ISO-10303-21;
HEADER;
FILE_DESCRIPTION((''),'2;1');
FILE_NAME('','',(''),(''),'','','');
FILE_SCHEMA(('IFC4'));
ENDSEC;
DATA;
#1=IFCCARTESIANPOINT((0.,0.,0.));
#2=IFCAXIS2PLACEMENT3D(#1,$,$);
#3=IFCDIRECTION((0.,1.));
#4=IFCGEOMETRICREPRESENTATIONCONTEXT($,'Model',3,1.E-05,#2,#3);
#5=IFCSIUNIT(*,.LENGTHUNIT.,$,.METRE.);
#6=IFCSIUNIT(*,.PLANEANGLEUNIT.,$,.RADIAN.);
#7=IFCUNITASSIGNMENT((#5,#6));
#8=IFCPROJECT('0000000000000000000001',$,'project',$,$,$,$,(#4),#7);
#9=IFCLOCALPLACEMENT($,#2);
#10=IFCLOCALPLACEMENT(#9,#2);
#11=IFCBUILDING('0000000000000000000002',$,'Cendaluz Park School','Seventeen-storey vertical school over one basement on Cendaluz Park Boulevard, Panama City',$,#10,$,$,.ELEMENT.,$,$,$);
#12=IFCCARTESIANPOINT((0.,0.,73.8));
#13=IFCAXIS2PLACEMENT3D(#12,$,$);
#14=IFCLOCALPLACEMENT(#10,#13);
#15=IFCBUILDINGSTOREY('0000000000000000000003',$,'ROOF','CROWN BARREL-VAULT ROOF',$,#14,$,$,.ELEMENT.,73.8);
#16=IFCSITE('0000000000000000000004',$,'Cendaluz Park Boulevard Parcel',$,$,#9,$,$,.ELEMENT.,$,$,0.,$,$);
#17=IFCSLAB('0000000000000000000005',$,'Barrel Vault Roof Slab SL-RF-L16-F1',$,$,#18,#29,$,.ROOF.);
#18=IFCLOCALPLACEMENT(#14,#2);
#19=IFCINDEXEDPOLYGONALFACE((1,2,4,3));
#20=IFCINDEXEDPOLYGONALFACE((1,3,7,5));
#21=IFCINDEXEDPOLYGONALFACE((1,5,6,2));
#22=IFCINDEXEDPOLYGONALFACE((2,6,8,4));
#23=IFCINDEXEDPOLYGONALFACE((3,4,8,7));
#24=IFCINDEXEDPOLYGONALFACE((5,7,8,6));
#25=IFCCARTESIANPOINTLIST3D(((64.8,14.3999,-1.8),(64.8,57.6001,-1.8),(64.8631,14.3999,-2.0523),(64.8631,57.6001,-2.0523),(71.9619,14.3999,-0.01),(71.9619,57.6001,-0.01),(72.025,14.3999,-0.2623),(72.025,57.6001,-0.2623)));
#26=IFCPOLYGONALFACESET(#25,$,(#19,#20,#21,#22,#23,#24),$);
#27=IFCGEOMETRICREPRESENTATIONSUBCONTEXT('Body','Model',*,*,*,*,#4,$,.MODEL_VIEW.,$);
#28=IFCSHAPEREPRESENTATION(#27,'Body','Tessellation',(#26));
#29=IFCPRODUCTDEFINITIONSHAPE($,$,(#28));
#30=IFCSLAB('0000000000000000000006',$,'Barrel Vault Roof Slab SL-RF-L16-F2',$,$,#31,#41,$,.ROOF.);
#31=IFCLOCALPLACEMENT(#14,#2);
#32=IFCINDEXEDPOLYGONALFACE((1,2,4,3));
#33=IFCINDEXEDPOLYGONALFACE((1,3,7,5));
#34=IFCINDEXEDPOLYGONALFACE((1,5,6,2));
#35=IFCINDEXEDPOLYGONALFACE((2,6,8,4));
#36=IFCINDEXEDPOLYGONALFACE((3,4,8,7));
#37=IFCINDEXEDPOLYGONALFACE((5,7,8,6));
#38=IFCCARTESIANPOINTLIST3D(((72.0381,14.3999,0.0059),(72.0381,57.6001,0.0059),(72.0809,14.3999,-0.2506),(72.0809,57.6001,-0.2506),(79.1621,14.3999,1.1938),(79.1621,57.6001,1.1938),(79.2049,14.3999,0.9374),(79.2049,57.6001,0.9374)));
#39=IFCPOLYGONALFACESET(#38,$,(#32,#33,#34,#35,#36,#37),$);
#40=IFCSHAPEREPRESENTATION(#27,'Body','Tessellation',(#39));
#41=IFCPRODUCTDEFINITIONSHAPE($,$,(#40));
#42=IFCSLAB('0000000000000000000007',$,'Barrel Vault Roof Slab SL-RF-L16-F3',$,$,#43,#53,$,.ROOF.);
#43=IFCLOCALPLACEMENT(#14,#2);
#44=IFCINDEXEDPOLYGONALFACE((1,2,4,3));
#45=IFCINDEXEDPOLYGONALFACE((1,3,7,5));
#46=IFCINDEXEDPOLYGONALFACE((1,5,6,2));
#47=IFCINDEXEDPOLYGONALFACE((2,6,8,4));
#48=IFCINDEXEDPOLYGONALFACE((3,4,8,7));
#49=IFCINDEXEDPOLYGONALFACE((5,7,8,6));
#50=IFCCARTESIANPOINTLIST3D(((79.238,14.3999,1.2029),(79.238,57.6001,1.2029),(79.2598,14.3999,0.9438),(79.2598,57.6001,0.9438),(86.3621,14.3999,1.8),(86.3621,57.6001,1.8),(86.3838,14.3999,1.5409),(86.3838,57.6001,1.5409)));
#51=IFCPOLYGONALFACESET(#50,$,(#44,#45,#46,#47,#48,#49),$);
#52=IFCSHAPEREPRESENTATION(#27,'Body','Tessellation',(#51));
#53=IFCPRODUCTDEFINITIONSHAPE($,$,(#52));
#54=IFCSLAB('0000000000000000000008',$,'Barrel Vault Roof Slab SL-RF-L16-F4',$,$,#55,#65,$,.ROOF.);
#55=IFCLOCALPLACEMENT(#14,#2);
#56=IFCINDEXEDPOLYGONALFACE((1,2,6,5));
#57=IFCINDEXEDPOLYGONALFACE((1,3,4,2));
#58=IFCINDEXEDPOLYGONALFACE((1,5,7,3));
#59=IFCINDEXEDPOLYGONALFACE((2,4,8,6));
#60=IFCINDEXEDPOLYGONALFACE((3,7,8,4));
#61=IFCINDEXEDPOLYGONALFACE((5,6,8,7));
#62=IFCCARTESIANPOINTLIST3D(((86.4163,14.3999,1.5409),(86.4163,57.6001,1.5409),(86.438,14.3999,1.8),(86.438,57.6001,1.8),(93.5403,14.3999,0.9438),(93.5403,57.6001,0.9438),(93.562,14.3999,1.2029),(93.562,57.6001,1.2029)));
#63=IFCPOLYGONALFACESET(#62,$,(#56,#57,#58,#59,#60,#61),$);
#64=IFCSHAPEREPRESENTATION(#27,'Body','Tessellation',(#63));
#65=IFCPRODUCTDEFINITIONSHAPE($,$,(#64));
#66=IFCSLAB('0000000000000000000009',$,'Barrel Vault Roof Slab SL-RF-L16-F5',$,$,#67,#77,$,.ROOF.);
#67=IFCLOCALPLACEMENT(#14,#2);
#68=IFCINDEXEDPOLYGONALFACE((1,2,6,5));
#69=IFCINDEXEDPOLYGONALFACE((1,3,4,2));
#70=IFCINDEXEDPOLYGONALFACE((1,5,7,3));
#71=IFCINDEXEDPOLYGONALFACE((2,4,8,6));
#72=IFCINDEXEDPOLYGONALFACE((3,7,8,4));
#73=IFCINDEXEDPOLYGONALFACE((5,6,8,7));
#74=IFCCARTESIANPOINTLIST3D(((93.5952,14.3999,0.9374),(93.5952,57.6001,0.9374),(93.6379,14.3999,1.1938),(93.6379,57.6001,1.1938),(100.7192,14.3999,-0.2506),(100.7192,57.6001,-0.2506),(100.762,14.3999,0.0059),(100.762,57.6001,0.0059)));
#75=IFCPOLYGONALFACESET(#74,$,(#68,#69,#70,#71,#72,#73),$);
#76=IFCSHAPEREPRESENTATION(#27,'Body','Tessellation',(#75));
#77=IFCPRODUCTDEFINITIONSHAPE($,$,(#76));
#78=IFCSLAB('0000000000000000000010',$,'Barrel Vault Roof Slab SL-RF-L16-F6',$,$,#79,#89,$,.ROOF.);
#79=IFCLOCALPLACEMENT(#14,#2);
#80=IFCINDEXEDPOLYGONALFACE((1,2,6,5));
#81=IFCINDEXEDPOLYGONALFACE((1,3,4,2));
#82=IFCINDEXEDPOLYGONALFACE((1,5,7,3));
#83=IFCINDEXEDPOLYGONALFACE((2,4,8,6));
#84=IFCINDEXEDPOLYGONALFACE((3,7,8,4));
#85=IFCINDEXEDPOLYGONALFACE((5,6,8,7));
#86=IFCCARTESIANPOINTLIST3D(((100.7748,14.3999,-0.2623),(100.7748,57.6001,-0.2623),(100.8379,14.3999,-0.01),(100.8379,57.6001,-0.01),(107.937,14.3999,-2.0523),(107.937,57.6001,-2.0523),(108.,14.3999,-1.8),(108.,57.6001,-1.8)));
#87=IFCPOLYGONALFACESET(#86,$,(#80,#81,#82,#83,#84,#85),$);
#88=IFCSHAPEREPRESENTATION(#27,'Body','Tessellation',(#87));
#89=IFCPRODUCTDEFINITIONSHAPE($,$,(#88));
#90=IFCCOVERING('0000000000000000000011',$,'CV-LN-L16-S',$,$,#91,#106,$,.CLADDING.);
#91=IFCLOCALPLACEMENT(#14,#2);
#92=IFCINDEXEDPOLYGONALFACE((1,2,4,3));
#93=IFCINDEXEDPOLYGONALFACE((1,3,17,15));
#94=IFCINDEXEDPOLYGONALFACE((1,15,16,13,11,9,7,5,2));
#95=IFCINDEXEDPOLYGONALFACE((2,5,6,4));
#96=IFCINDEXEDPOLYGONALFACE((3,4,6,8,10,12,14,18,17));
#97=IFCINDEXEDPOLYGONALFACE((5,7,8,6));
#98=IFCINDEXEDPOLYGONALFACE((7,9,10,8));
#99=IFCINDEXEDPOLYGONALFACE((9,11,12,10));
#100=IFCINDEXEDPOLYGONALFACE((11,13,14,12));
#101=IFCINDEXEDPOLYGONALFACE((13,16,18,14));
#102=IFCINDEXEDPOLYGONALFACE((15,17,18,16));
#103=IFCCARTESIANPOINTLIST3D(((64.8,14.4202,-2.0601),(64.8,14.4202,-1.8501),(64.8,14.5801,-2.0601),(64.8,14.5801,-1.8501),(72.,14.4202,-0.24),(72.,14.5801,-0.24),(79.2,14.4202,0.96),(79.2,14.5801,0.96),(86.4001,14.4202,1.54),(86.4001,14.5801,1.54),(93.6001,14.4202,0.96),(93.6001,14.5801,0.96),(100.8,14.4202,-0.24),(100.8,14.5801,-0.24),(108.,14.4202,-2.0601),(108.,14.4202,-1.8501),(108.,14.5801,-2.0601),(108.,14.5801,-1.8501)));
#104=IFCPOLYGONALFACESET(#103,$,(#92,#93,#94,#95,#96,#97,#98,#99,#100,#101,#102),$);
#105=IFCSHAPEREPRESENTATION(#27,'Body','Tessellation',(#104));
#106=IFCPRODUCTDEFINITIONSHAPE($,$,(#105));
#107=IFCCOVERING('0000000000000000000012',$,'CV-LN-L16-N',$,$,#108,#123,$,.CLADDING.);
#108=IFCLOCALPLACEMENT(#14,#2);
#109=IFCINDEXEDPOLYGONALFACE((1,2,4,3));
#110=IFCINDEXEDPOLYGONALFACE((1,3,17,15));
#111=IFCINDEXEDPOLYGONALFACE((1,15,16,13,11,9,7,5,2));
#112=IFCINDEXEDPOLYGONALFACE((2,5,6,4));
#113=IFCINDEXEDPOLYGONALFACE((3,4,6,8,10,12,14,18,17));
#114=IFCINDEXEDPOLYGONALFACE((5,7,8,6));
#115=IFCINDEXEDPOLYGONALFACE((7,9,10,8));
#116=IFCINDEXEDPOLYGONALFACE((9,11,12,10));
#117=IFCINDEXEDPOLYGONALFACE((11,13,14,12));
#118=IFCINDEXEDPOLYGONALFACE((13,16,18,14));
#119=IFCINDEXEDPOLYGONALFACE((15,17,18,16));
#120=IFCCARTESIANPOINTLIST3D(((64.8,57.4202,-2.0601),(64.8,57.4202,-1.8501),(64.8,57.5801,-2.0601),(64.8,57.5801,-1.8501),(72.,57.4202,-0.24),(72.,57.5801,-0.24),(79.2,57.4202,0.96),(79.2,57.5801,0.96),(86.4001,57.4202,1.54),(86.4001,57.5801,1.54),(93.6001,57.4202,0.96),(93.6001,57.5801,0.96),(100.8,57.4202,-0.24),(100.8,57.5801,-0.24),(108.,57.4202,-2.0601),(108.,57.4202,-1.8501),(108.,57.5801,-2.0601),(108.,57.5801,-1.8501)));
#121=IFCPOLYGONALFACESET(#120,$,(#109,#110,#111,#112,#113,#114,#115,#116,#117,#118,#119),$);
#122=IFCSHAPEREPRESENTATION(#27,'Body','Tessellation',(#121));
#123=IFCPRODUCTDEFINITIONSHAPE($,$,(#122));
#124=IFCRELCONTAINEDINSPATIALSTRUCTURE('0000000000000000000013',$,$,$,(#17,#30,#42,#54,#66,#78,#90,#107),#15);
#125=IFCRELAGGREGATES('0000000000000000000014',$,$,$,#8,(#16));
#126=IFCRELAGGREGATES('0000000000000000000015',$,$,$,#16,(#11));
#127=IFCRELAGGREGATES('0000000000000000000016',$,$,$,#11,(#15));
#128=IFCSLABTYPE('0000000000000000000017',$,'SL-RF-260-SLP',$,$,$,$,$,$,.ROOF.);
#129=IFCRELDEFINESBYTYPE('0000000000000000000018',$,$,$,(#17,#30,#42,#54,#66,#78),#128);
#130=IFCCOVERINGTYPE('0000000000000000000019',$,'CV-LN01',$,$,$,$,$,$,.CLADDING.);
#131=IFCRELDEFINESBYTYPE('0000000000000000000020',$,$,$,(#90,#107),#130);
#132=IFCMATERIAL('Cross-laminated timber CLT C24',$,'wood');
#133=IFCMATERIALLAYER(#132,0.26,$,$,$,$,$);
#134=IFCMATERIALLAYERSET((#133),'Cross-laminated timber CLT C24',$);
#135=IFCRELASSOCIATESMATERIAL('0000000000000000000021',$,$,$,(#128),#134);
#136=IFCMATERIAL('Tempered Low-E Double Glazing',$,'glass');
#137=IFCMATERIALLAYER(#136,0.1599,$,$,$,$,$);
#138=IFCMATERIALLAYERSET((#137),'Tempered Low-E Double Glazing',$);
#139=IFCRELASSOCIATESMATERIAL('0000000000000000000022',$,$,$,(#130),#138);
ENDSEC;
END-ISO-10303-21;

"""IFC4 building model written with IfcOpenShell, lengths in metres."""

from ifc_helpers import new_model, si_unit, direction, frame, origin, place, context, subcontext, project, spatial, polyline, outline, extrude, material, layer, layer_set, type_object, element, save


model = new_model("IFC4")

# Units and contexts
model_context = context("Model", 3, precision=1e-05, world=origin(), true_north=direction((0.0, 1.0)))
body_context = subcontext(model_context, "Body", "Model", "MODEL_VIEW")
ifc_project = project(units=[si_unit("LENGTHUNIT", "METRE"), si_unit("PLANEANGLEUNIT", "RADIAN")], contexts=[model_context])

# Site, building, storey
site_placement = place(None, origin())
site = spatial("IfcSite", under=ifc_project, at=site_placement, Name="Cendaluz Park Boulevard Parcel", CompositionType="ELEMENT", RefElevation=0.0)
building_placement = place(site_placement, origin())
building = spatial("IfcBuilding", under=site, at=building_placement, Name="Cendaluz Park School", Description="Seventeen-storey vertical school over one basement on Cendaluz Park Boulevard, Panama City", CompositionType="ELEMENT")
storey_placement = place(building_placement, frame((0.0, 0.0, 73.8)))
storey = spatial("IfcBuildingStorey", under=building, at=storey_placement, Name="ROOF", Description="CROWN BARREL-VAULT ROOF", CompositionType="ELEMENT", Elevation=73.8)

# Slabs
ifc_material_1 = material(Name="Cross-laminated timber CLT C24", Category="wood")
ifc_layer_1 = layer(ifc_material_1, 0.26)
ifc_layer_set_1 = layer_set([ifc_layer_1], Name="Cross-laminated timber CLT C24")
slab_type = type_object("IfcSlabType", Name="SL-RF-260-SLP", PredefinedType="ROOF", material=ifc_layer_set_1)
slab_1_placement = place(storey_placement, frame((64.8, 14.3999, -1.8), z_axis=(-0.242481, 0.0, 0.970156), x_axis=(0.970156, 0.0, 0.242481)))
element("IfcSlab", 1, at=slab_1_placement, inside=storey, type_object=slab_type, Name="Barrel Vault Roof Slab SL-RF-L16-F1", PredefinedType="ROOF", context=body_context, shape_type="SweptSolid", body=[
    extrude(outline(polyline([(0.0, 0.0), (7.3822, 0.0), (7.3822, 43.2002), (0.0, 43.2002), (0.0, 0.0)])), origin(), (0.0, 0.0, -1.0), 0.26),
])
slab_2_placement = place(storey_placement, frame((72.0381, 14.3999, 0.0059), z_axis=(-0.164487, 0.0, 0.986379), x_axis=(0.986379, 0.0, 0.164487)))
element("IfcSlab", 2, at=slab_2_placement, inside=storey, type_object=slab_type, Name="Barrel Vault Roof Slab SL-RF-L16-F2", PredefinedType="ROOF", context=body_context, shape_type="SweptSolid", body=[
    extrude(outline(polyline([(0.0, 0.0), (7.2224, 0.0), (7.2224, 43.2002), (0.0, 43.2002), (0.0, 0.0)])), origin(), (0.0, 0.0, -1.0), 0.26),
])
for number, where, z_axis, x_axis, name in (
    (3, (79.238, 14.3999, 1.2029), (-0.083532, 0.0, 0.996505), (0.996505, 0.0, 0.083532), "Barrel Vault Roof Slab SL-RF-L16-F3"),
    (4, (86.438, 14.3999, 1.8), (0.083532, 0.0, 0.996505), (0.996505, 0.0, -0.083532), "Barrel Vault Roof Slab SL-RF-L16-F4"),
):
    element("IfcSlab", number, at=place(storey_placement, frame(where, z_axis=z_axis, x_axis=x_axis)), inside=storey, type_object=slab_type, Name=name, PredefinedType="ROOF", context=body_context, shape_type="SweptSolid", body=[
        extrude(outline(polyline([(0.0, 0.0), (7.149, 0.0), (7.149, 43.2002), (0.0, 43.2002), (0.0, 0.0)])), origin(), (0.0, 0.0, -1.0), 0.26),
    ])
slab_3_placement = place(storey_placement, frame((93.6379, 14.3999, 1.1938), z_axis=(0.164487, 0.0, 0.986379), x_axis=(0.986379, 0.0, -0.164487)))
element("IfcSlab", 5, at=slab_3_placement, inside=storey, type_object=slab_type, Name="Barrel Vault Roof Slab SL-RF-L16-F5", PredefinedType="ROOF", context=body_context, shape_type="SweptSolid", body=[
    extrude(outline(polyline([(0.0, 0.0), (7.2224, 0.0), (7.2224, 43.2002), (0.0, 43.2002), (0.0, 0.0)])), origin(), (0.0, 0.0, -1.0), 0.26),
])
slab_4_placement = place(storey_placement, frame((100.8379, 14.3999, -0.01), z_axis=(0.242473, 0.0, 0.970158), x_axis=(0.970158, 0.0, -0.242473)))
element("IfcSlab", 6, at=slab_4_placement, inside=storey, type_object=slab_type, Name="Barrel Vault Roof Slab SL-RF-L16-F6", PredefinedType="ROOF", context=body_context, shape_type="SweptSolid", body=[
    extrude(outline(polyline([(0.0, 0.0), (7.3824, 0.0), (7.3824, 43.2002), (0.0, 43.2002), (0.0, 0.0)])), origin(), (0.0, 0.0, -1.0), 0.26),
])

# Coverings
ifc_material_2 = material(Name="Tempered Low-E Double Glazing", Category="glass")
ifc_layer_2 = layer(ifc_material_2, 0.1599)
ifc_layer_set_2 = layer_set([ifc_layer_2], Name="Tempered Low-E Double Glazing")
covering_type = type_object("IfcCoveringType", Name="CV-LN01", PredefinedType="CLADDING", material=ifc_layer_set_2)
for number, where, z_axis, x_axis, name in (
    (7, (64.8, 14.5, -2.0601), (0.0, 0.0, 1.0), (1.0, 0.0, 0.0), "CV-LN-L16-S"),
    (8, (64.8, 57.5, -2.0601), (0.0, 0.0, 1.0), (1.0, 0.0, 0.0), "CV-LN-L16-N"),
):
    element("IfcCovering", number, at=place(storey_placement, frame(where, z_axis=z_axis, x_axis=x_axis)), inside=storey, type_object=covering_type, Name=name, PredefinedType="CLADDING", context=body_context, shape_type="SweptSolid", body=[
        extrude(outline(polyline([(0.0, 0.0), (43.2, 0.0), (43.2, 0.21), (36.0, 1.8201), (28.8, 3.02), (21.6001, 3.6001), (14.3999, 3.02), (7.2, 1.8201), (0.0, 0.21), (0.0, 0.0)])), frame((0.0, 0.0801, 0.0), z_axis=(0.0, -1.0, 0.0), x_axis=(1.0, 0.0, 0.0)), (0.0, 0.0, 1.0), 0.1599),
    ])

save(model, "model.ifc")
